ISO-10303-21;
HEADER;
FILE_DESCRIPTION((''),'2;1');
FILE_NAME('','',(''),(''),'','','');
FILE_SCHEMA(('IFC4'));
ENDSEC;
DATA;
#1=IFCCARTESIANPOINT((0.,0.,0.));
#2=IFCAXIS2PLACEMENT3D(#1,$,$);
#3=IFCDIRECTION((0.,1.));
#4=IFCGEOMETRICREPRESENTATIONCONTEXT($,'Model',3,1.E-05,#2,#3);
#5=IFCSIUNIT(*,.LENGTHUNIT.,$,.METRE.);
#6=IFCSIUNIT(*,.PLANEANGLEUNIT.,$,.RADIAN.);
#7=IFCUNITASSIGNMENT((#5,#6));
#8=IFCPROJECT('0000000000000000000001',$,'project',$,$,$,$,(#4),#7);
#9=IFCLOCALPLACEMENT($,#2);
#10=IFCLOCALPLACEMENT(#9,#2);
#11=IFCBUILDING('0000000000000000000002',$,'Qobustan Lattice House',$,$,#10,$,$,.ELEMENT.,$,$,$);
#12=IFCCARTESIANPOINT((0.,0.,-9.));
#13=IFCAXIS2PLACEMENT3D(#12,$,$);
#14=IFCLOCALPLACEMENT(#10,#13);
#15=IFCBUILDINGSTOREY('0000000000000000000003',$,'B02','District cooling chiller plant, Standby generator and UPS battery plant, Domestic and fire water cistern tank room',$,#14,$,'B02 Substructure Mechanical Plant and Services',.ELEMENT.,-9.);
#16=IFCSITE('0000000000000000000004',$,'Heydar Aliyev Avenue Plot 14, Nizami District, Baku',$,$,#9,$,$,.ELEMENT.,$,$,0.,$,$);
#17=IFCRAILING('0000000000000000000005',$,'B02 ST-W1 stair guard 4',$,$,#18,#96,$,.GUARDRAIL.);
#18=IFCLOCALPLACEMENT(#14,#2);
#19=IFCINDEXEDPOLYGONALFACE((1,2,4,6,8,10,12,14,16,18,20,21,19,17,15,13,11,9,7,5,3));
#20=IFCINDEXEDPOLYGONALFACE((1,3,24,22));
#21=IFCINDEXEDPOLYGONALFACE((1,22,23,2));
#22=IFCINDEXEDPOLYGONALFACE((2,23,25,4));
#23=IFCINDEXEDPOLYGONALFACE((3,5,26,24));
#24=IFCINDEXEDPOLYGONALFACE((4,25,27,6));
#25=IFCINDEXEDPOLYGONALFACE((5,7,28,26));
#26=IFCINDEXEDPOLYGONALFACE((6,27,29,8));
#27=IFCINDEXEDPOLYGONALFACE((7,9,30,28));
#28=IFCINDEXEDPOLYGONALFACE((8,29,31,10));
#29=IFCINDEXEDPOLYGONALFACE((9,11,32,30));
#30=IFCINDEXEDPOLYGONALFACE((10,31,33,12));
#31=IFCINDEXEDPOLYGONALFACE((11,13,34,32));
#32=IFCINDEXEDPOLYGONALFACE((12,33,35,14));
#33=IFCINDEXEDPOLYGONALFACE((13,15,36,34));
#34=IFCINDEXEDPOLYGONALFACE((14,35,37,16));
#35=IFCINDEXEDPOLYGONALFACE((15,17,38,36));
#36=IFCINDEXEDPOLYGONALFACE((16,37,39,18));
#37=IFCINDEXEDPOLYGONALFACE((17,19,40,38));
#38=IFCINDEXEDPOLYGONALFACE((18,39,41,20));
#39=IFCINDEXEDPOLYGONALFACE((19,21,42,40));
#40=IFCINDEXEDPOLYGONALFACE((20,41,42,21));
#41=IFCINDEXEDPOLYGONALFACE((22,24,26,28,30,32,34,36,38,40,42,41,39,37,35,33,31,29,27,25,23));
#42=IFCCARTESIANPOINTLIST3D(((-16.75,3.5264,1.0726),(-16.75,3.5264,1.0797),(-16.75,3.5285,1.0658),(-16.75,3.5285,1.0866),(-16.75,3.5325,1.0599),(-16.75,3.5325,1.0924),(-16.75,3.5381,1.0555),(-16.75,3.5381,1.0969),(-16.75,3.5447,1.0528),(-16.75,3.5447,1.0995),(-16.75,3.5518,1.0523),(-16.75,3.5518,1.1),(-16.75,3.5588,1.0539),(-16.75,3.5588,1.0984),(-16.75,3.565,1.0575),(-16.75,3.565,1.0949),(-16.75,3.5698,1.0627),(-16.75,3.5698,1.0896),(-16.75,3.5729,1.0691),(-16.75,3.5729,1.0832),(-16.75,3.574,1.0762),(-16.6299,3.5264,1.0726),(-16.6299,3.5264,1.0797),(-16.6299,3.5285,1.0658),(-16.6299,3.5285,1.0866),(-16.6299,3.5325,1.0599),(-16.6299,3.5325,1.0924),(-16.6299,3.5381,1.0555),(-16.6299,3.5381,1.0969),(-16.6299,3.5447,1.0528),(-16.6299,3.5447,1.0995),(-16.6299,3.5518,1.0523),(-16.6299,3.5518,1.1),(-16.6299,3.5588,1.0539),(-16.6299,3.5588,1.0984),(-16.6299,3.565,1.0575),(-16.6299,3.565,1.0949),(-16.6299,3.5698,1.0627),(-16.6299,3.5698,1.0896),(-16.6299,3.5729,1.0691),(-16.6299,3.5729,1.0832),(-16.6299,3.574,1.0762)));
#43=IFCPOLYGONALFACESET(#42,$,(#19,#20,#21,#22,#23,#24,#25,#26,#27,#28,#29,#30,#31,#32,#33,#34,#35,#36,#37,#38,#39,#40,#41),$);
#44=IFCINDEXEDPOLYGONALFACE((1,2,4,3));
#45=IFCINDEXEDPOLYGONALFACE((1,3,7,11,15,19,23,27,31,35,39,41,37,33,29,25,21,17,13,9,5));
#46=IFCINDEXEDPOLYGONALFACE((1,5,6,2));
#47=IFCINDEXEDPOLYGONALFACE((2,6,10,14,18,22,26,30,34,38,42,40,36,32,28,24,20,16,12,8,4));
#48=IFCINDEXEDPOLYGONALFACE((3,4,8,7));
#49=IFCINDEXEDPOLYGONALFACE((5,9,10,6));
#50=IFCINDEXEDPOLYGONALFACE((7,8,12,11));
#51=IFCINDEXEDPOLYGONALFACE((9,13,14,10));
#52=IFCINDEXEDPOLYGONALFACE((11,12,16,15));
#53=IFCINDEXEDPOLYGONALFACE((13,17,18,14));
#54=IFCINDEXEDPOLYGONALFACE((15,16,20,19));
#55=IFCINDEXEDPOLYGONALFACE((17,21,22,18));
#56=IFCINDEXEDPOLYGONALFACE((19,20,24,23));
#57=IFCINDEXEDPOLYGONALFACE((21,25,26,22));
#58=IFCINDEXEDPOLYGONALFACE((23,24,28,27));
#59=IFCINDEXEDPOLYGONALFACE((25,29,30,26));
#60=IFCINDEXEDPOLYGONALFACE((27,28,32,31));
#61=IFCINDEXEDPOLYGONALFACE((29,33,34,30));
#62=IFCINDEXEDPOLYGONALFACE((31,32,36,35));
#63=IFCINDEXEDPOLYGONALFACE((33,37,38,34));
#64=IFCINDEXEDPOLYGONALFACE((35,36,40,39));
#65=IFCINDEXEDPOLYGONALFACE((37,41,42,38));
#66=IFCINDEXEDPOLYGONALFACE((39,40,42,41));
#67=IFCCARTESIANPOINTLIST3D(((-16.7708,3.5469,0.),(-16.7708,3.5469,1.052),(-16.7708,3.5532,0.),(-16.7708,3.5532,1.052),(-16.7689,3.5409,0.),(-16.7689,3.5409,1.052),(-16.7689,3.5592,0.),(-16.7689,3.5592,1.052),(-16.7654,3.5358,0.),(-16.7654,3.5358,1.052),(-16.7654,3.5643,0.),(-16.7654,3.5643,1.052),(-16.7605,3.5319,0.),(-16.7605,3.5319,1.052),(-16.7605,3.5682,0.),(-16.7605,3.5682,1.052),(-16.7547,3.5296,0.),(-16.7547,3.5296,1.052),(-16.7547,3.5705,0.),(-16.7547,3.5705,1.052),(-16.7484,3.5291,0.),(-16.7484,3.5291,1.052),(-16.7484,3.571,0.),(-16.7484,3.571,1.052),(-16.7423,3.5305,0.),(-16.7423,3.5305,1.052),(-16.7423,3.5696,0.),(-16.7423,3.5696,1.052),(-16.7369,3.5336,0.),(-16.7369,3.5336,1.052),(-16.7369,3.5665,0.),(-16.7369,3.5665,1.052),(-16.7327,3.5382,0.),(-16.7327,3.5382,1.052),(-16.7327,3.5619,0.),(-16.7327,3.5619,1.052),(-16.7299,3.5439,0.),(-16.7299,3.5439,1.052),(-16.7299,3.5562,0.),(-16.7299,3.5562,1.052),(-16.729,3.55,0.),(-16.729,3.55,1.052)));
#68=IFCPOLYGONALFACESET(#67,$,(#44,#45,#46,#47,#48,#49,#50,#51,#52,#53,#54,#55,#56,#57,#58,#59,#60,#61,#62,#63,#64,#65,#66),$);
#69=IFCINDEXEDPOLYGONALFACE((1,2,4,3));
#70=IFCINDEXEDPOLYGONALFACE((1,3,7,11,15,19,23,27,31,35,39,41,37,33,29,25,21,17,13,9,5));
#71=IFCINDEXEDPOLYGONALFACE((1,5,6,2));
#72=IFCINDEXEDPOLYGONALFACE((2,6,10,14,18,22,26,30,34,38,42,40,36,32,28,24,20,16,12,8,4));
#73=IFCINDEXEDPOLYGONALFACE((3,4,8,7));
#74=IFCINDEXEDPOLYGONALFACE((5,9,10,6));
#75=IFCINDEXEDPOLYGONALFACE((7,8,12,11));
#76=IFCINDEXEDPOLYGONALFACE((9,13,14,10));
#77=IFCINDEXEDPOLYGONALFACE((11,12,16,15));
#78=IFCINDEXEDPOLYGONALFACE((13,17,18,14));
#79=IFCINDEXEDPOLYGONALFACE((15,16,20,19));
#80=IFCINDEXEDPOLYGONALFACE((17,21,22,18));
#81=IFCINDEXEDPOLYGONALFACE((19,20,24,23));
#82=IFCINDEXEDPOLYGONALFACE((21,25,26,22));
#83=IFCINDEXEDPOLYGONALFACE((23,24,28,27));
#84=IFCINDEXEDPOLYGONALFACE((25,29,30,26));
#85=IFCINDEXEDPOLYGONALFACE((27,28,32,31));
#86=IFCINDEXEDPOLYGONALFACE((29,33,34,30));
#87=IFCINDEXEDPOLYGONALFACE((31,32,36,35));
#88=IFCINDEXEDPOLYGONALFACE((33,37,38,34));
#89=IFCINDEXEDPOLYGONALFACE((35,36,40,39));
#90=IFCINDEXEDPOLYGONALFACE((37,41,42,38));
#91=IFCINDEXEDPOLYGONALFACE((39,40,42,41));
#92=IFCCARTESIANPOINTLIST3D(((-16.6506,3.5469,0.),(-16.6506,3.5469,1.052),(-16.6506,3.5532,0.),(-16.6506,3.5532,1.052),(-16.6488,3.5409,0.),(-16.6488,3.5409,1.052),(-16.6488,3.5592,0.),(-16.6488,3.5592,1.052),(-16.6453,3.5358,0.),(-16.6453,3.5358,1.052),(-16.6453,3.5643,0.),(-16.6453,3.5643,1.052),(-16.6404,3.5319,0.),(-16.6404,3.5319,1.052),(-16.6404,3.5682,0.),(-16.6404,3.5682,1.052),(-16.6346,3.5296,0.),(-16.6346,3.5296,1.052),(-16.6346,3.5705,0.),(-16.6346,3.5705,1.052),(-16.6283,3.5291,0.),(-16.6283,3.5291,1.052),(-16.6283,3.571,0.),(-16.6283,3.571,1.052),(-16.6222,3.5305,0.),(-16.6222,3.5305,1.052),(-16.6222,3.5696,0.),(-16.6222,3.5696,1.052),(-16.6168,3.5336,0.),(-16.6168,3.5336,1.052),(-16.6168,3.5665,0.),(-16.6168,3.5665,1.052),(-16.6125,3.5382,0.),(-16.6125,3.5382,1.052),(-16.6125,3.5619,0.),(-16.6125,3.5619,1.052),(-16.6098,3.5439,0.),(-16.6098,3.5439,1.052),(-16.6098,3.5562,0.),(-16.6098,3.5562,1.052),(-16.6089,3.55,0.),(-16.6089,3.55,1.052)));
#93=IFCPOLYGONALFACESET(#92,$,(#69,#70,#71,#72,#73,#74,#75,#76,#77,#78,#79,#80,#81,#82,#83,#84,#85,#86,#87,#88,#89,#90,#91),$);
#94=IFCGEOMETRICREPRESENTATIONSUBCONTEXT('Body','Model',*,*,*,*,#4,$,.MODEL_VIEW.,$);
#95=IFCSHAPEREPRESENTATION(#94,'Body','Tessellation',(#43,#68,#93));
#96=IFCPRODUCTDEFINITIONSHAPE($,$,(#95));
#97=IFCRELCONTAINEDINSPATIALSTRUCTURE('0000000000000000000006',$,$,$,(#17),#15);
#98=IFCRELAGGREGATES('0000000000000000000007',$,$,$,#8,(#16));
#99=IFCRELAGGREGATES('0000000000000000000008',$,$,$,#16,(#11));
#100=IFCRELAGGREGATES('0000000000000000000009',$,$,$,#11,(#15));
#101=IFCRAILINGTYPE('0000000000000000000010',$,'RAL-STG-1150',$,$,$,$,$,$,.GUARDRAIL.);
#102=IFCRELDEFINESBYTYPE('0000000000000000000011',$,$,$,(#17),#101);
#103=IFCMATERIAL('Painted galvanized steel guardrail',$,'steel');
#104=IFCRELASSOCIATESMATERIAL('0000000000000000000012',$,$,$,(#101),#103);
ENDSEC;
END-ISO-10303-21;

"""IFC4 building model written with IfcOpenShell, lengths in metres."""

from ifc_helpers import new_model, si_unit, direction, frame, origin, origin_2d, place, context, subcontext, project, spatial, circle, extrude, material, type_object, element, save


model = new_model("IFC4")

# Units and contexts
model_context = context("Model", 3, precision=1e-05, world=origin(), true_north=direction((0.0, 1.0)))
body_context = subcontext(model_context, "Body", "Model", "MODEL_VIEW")
ifc_project = project(units=[si_unit("LENGTHUNIT", "METRE"), si_unit("PLANEANGLEUNIT", "RADIAN")], contexts=[model_context])

# Site, building, storey
site_placement = place(None, origin())
site = spatial("IfcSite", under=ifc_project, at=site_placement, Name="Heydar Aliyev Avenue Plot 14, Nizami District, Baku", CompositionType="ELEMENT", RefElevation=0.0)
building_placement = place(site_placement, origin())
building = spatial("IfcBuilding", under=site, at=building_placement, Name="Qobustan Lattice House", CompositionType="ELEMENT")
storey_placement = place(building_placement, frame((0.0, 0.0, -9.0)))
storey = spatial("IfcBuildingStorey", under=building, at=storey_placement, Name="B02", Description="District cooling chiller plant, Standby generator and UPS battery plant, Domestic and fire water cistern tank room", LongName="B02 Substructure Mechanical Plant and Services", CompositionType="ELEMENT", Elevation=-9.0)

# Railing
ifc_material_1 = material(Name="Painted galvanized steel guardrail", Category="steel")
railing_type = type_object("IfcRailingType", Name="RAL-STG-1150", PredefinedType="GUARDRAIL", material=ifc_material_1)
railing_1_placement = place(storey_placement, frame((-16.75, 3.55, 0.0)))
element("IfcRailing", 1, at=railing_1_placement, inside=storey, type_object=railing_type, Name="B02 ST-W1 stair guard 4", PredefinedType="GUARDRAIL", context=body_context, shape_type="SweptSolid", body=[
    extrude(circle(Radius=0.0239, at=origin_2d()), frame((0.0, 0.0, 1.0762), z_axis=(1.0, 0.0, 0.0), x_axis=(0.0, 1.0, 0.0)), (0.0, 0.0, 1.0), 0.1201),
    extrude(circle(Radius=0.021, at=origin_2d()), origin(), (0.0, 0.0, 1.0), 1.052),
    extrude(circle(Radius=0.021, at=origin_2d()), frame((0.1201, 0.0, 0.0)), (0.0, 0.0, 1.0), 1.052),
])

save(model, "model.ifc")
